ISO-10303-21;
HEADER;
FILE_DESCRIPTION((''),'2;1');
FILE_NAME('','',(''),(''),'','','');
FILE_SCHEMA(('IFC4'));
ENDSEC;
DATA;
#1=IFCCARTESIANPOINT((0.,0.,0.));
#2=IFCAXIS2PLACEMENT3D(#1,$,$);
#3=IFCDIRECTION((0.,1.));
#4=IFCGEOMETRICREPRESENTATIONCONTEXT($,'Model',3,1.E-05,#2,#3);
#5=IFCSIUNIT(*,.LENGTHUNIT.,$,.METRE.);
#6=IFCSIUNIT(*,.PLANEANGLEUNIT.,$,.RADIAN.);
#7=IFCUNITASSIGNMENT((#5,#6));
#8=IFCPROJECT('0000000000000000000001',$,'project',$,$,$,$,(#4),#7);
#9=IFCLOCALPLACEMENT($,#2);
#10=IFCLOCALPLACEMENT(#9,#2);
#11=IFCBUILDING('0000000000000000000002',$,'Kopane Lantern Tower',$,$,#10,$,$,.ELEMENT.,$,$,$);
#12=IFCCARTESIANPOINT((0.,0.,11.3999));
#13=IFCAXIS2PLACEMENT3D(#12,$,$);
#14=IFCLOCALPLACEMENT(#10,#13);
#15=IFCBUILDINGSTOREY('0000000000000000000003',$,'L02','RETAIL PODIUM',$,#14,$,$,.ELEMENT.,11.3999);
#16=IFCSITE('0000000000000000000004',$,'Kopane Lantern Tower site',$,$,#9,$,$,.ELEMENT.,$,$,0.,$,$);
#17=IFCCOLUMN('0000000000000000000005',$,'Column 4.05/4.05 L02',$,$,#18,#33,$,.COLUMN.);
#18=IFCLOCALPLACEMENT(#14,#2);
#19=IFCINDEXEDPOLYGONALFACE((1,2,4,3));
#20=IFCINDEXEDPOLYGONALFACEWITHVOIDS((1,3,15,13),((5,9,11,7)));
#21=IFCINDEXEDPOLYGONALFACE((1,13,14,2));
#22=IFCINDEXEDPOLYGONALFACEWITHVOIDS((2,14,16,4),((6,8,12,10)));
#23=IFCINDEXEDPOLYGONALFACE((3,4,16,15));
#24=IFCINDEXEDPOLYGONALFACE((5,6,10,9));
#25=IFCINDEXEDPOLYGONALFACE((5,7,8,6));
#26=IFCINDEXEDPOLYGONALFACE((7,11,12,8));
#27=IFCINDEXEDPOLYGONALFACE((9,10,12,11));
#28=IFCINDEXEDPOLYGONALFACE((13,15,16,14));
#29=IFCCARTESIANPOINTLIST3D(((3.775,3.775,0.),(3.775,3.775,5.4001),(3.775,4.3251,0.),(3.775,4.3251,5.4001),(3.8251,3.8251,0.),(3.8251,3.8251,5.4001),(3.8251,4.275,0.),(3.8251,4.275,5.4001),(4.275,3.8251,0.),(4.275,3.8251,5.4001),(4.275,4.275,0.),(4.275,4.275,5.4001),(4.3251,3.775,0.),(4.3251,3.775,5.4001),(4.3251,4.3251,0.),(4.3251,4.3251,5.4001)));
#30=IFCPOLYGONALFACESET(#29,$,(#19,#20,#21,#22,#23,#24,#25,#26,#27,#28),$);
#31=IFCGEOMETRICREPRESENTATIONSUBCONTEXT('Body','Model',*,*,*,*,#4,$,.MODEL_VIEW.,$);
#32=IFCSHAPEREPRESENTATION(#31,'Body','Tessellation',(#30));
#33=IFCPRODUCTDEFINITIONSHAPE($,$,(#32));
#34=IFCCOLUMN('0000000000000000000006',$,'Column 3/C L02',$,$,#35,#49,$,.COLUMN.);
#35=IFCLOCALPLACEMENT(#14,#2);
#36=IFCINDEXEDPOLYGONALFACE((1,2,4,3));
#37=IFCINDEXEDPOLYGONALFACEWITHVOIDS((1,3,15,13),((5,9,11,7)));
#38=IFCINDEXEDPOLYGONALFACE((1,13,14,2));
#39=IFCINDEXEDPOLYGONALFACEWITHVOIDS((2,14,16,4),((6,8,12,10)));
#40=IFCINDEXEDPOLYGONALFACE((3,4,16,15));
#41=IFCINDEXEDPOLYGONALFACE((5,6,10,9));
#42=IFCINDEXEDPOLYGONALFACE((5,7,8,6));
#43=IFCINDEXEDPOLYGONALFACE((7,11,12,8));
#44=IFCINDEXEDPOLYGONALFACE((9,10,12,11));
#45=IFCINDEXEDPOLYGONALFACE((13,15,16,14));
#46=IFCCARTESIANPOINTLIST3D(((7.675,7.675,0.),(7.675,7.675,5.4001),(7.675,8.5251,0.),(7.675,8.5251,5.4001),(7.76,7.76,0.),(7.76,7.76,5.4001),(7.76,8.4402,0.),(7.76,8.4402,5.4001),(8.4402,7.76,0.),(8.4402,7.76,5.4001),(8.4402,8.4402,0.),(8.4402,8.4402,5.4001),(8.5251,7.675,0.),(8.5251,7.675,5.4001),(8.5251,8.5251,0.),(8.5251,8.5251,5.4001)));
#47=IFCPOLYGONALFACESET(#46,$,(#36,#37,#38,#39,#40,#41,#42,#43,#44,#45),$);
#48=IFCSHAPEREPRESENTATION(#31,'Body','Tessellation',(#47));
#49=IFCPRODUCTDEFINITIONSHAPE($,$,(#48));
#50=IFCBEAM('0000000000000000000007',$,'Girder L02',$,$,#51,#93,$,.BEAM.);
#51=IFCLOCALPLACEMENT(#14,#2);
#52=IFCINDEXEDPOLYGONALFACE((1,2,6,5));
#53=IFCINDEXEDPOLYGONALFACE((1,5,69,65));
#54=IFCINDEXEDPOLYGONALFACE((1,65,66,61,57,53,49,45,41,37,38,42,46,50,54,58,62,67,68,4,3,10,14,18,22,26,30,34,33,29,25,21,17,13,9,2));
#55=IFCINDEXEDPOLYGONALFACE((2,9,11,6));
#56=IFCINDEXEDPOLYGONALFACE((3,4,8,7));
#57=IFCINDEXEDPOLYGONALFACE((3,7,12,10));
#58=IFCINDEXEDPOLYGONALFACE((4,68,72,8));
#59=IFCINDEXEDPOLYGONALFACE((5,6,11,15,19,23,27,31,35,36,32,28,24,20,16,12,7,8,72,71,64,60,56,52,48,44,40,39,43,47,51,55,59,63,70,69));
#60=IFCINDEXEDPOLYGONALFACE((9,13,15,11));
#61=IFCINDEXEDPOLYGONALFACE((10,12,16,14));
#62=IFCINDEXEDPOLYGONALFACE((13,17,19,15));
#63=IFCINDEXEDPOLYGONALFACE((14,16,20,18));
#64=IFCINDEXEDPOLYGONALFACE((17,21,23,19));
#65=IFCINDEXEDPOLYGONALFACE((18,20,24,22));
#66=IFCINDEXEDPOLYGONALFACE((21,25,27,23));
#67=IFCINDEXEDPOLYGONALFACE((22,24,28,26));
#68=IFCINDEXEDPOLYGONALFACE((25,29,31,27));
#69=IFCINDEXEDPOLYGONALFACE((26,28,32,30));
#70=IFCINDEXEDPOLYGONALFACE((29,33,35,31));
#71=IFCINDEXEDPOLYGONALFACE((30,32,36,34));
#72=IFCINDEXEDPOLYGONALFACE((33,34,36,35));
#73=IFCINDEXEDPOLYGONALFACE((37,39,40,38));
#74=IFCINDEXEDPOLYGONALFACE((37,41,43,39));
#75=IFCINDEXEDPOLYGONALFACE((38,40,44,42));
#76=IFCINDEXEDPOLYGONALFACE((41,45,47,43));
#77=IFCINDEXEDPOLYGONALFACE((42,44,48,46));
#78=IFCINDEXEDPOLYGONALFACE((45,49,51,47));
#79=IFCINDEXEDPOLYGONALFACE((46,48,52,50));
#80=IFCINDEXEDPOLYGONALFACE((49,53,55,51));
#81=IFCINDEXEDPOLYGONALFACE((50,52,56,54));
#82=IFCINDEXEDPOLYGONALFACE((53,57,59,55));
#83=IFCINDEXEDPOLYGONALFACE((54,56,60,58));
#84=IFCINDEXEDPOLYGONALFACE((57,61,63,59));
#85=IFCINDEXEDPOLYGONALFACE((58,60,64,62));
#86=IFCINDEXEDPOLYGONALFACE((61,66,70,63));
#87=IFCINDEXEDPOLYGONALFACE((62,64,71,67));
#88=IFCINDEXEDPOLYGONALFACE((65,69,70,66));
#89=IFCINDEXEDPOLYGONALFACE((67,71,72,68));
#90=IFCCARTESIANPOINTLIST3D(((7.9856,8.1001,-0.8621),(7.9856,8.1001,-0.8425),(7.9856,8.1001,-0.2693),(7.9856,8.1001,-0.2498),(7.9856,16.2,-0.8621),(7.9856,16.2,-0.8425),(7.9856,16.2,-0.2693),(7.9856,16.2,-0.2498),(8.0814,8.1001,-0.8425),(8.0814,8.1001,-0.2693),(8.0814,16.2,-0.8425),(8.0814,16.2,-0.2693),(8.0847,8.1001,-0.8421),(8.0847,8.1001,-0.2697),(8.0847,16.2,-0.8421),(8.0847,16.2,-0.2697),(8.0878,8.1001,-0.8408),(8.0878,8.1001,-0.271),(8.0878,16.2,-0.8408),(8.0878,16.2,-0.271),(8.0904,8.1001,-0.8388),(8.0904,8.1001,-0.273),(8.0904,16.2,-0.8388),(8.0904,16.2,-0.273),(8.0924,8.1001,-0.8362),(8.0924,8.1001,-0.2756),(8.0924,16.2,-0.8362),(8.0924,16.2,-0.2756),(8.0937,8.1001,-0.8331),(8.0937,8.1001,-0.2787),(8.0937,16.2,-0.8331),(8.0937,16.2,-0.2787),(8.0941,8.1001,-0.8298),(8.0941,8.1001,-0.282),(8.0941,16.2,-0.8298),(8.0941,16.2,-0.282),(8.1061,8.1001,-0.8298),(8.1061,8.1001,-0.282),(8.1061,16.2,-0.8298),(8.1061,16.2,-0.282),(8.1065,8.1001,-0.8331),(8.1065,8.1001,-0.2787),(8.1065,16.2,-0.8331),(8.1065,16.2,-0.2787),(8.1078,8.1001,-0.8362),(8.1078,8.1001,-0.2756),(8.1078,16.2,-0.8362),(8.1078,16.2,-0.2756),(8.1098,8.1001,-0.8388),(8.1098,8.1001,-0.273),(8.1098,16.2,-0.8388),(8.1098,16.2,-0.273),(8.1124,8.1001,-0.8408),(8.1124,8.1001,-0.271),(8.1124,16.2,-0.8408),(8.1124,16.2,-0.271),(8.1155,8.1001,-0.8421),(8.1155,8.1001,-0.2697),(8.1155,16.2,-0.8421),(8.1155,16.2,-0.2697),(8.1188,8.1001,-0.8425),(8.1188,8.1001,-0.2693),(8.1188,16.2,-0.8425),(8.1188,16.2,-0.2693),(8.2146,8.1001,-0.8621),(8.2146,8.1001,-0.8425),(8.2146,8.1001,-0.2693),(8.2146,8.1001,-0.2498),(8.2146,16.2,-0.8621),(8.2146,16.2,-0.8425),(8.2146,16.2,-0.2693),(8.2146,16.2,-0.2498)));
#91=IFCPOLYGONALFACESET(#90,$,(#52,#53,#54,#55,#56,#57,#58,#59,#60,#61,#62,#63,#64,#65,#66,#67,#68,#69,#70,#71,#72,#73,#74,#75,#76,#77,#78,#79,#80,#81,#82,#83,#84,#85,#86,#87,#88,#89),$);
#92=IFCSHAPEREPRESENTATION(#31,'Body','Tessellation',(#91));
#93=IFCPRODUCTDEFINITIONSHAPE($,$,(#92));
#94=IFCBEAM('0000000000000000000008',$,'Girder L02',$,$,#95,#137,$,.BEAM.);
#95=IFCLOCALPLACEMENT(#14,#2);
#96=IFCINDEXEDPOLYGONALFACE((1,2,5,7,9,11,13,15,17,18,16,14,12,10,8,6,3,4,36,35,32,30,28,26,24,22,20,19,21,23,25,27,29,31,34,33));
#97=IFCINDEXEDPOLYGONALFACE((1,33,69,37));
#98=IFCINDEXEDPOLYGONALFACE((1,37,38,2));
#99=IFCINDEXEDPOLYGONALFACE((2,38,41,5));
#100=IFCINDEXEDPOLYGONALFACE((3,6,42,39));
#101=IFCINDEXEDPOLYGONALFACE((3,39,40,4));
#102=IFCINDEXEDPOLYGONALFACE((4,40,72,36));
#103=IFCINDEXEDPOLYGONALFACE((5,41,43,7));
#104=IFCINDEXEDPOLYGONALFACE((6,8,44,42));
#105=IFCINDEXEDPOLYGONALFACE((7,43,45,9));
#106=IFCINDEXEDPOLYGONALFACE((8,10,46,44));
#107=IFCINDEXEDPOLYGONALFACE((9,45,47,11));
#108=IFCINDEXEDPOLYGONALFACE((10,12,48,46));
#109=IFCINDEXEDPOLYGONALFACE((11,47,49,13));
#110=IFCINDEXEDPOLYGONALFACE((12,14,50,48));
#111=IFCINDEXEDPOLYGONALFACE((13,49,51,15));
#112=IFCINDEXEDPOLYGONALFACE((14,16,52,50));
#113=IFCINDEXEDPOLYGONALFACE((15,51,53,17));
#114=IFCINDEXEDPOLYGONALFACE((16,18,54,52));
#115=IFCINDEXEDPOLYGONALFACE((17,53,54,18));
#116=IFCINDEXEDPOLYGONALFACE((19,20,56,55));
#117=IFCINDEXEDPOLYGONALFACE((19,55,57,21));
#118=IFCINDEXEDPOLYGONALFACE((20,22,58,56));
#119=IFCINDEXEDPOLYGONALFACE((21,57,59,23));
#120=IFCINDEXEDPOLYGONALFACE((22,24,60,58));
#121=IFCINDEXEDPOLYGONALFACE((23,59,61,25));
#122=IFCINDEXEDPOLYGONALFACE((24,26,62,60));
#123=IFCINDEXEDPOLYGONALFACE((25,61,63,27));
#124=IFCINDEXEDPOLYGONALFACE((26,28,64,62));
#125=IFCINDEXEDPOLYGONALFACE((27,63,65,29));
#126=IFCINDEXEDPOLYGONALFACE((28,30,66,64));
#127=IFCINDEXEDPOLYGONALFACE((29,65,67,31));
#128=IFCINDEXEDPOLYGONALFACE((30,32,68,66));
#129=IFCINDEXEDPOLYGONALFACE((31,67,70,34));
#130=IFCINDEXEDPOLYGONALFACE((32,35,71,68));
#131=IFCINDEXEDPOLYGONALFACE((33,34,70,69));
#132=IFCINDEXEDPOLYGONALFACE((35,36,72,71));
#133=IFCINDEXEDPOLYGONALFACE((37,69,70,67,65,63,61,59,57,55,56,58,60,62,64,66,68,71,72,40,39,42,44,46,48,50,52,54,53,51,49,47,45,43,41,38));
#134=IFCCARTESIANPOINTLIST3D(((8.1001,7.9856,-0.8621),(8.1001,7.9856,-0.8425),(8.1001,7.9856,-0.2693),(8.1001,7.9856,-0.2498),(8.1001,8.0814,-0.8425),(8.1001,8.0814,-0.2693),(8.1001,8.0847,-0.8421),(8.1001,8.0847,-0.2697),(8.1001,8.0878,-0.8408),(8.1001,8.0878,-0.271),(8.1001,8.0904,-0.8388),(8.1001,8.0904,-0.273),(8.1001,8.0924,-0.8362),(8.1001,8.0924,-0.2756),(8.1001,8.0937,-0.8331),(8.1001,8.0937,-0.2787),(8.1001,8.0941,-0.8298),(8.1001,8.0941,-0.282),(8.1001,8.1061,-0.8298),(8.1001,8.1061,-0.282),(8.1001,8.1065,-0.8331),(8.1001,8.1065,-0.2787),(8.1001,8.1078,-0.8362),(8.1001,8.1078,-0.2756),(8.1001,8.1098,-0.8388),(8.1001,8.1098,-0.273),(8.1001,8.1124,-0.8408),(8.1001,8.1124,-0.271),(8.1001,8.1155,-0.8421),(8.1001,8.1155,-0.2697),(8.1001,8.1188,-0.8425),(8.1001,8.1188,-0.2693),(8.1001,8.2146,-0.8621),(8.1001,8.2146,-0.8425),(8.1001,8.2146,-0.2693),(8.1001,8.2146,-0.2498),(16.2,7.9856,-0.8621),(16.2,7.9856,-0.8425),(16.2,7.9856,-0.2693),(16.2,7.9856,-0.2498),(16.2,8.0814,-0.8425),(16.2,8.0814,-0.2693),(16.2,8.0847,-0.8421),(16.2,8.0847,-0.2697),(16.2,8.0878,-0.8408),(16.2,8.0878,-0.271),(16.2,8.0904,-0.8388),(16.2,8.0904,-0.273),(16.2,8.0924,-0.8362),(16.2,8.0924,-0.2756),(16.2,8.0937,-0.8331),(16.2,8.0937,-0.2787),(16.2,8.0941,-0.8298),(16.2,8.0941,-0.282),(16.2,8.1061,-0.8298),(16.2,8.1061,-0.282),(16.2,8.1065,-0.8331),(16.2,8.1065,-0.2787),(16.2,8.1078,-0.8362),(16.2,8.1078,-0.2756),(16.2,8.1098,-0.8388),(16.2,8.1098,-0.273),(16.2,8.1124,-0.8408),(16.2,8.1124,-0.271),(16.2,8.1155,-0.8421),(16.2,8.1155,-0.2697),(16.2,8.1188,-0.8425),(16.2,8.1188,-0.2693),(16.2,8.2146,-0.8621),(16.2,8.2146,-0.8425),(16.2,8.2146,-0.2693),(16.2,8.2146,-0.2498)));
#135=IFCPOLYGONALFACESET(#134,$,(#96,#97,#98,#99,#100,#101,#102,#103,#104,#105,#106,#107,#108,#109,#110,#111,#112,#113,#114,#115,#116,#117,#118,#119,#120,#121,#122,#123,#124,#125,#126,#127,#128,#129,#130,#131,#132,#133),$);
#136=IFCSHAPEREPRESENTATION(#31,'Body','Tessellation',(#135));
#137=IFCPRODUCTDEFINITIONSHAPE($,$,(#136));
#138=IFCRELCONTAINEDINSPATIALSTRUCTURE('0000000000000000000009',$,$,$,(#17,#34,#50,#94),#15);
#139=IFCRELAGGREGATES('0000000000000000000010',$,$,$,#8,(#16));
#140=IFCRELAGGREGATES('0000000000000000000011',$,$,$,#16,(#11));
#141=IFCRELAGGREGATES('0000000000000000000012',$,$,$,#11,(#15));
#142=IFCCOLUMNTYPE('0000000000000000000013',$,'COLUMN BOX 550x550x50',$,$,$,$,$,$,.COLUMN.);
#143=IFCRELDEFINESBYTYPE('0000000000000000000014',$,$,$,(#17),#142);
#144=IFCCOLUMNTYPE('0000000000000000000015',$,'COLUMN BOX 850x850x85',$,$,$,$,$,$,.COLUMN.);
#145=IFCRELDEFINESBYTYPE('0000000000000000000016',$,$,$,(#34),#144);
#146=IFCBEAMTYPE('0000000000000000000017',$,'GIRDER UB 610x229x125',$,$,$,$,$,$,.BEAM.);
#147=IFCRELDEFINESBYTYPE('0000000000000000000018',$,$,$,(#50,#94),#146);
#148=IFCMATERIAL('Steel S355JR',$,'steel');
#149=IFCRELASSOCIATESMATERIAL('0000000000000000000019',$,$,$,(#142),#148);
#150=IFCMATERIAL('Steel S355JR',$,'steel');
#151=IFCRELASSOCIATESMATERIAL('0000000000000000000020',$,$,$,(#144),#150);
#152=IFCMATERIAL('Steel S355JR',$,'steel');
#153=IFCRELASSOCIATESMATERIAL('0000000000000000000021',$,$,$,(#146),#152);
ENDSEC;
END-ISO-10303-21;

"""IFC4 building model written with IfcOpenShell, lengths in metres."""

from ifc_helpers import new_model, si_unit, direction, frame, origin, origin_2d, place, context, subcontext, project, spatial, hollow_rectangle, i_section, extrude, material, material_profile, profile_set, type_object, element, save


model = new_model("IFC4")

# Units and contexts
model_context = context("Model", 3, precision=1e-05, world=origin(), true_north=direction((0.0, 1.0)))
body_context = subcontext(model_context, "Body", "Model", "MODEL_VIEW")
ifc_project = project(units=[si_unit("LENGTHUNIT", "METRE"), si_unit("PLANEANGLEUNIT", "RADIAN")], contexts=[model_context])

# Site, building, storey
site_placement = place(None, origin())
site = spatial("IfcSite", under=ifc_project, at=site_placement, Name="Kopane Lantern Tower site", CompositionType="ELEMENT", RefElevation=0.0)
building_placement = place(site_placement, origin())
building = spatial("IfcBuilding", under=site, at=building_placement, Name="Kopane Lantern Tower", CompositionType="ELEMENT")
storey_placement = place(building_placement, frame((0.0, 0.0, 11.3999)))
storey = spatial("IfcBuildingStorey", under=building, at=storey_placement, Name="L02", Description="RETAIL PODIUM", CompositionType="ELEMENT", Elevation=11.3999)

# Columns
ifc_material_1 = material(Name="Steel S355JR", Category="steel")
ifc_material_profile_1 = material_profile(ifc_material_1, hollow_rectangle(XDim=0.55, YDim=0.55, WallThickness=0.05, at=origin_2d()), Name="BOX 550x550x50")
ifc_profile_set_1 = profile_set([ifc_material_profile_1], Name="Steel S355JR")
column_type_1 = type_object("IfcColumnType", Name="COLUMN BOX 550x550x50", PredefinedType="COLUMN", material=ifc_profile_set_1)
column_1_placement = place(storey_placement, frame((4.05, 4.05, 0.0), z_axis=(0.0, 0.0, 1.0), x_axis=(1.0, 0.0, 0.0)))
element("IfcColumn", 1, at=column_1_placement, inside=storey, type_object=column_type_1, Name="Column 4.05/4.05 L02", PredefinedType="COLUMN", context=body_context, shape_type="SweptSolid", body=[
    extrude(hollow_rectangle(XDim=0.55, YDim=0.55, WallThickness=0.05, at=origin_2d()), origin(), (0.0, 0.0, 1.0), 5.4001),
])
ifc_material_2 = material(Name="Steel S355JR", Category="steel")
ifc_material_profile_2 = material_profile(ifc_material_2, hollow_rectangle(XDim=0.8501, YDim=0.8501, WallThickness=0.085, at=origin_2d()), Name="BOX 850x850x85")
ifc_profile_set_2 = profile_set([ifc_material_profile_2], Name="Steel S355JR")
column_type_2 = type_object("IfcColumnType", Name="COLUMN BOX 850x850x85", PredefinedType="COLUMN", material=ifc_profile_set_2)
column_2_placement = place(storey_placement, frame((8.1001, 8.1001, 0.0), z_axis=(0.0, 0.0, 1.0), x_axis=(1.0, 0.0, 0.0)))
element("IfcColumn", 2, at=column_2_placement, inside=storey, type_object=column_type_2, Name="Column 3/C L02", PredefinedType="COLUMN", context=body_context, shape_type="SweptSolid", body=[
    extrude(hollow_rectangle(XDim=0.8501, YDim=0.8501, WallThickness=0.085, at=origin_2d()), origin(), (0.0, 0.0, 1.0), 5.4001),
])

# Beams
ifc_material_3 = material(Name="Steel S355JR", Category="steel")
ifc_material_profile_3 = material_profile(ifc_material_3, i_section(OverallWidth=0.229, OverallDepth=0.6123, WebThickness=0.012, FlangeThickness=0.0195, FilletRadius=0.0127, at=origin_2d()), Name="UB 610x229x125")
ifc_profile_set_3 = profile_set([ifc_material_profile_3], Name="Steel S355JR")
beam_type = type_object("IfcBeamType", Name="GIRDER UB 610x229x125", PredefinedType="BEAM", material=ifc_profile_set_3)
for number, where, z_axis, x_axis, name in (
    (3, (8.1001, 8.1001, -0.5559), (0.0, 1.0, 0.0), (-1.0, 0.0, 0.0), "Girder L02"),
    (4, (8.1001, 8.1001, -0.5559), (1.0, 0.0, 0.0), (0.0, 1.0, 0.0), "Girder L02"),
):
    element("IfcBeam", number, at=place(storey_placement, frame(where, z_axis=z_axis, x_axis=x_axis)), inside=storey, type_object=beam_type, Name=name, PredefinedType="BEAM", context=body_context, shape_type="SweptSolid", body=[
        extrude(i_section(OverallWidth=0.229, OverallDepth=0.6123, WebThickness=0.012, FlangeThickness=0.0195, FilletRadius=0.0127, at=origin_2d()), origin(), (0.0, 0.0, 1.0), 8.0999),
    ])

save(model, "model.ifc")
